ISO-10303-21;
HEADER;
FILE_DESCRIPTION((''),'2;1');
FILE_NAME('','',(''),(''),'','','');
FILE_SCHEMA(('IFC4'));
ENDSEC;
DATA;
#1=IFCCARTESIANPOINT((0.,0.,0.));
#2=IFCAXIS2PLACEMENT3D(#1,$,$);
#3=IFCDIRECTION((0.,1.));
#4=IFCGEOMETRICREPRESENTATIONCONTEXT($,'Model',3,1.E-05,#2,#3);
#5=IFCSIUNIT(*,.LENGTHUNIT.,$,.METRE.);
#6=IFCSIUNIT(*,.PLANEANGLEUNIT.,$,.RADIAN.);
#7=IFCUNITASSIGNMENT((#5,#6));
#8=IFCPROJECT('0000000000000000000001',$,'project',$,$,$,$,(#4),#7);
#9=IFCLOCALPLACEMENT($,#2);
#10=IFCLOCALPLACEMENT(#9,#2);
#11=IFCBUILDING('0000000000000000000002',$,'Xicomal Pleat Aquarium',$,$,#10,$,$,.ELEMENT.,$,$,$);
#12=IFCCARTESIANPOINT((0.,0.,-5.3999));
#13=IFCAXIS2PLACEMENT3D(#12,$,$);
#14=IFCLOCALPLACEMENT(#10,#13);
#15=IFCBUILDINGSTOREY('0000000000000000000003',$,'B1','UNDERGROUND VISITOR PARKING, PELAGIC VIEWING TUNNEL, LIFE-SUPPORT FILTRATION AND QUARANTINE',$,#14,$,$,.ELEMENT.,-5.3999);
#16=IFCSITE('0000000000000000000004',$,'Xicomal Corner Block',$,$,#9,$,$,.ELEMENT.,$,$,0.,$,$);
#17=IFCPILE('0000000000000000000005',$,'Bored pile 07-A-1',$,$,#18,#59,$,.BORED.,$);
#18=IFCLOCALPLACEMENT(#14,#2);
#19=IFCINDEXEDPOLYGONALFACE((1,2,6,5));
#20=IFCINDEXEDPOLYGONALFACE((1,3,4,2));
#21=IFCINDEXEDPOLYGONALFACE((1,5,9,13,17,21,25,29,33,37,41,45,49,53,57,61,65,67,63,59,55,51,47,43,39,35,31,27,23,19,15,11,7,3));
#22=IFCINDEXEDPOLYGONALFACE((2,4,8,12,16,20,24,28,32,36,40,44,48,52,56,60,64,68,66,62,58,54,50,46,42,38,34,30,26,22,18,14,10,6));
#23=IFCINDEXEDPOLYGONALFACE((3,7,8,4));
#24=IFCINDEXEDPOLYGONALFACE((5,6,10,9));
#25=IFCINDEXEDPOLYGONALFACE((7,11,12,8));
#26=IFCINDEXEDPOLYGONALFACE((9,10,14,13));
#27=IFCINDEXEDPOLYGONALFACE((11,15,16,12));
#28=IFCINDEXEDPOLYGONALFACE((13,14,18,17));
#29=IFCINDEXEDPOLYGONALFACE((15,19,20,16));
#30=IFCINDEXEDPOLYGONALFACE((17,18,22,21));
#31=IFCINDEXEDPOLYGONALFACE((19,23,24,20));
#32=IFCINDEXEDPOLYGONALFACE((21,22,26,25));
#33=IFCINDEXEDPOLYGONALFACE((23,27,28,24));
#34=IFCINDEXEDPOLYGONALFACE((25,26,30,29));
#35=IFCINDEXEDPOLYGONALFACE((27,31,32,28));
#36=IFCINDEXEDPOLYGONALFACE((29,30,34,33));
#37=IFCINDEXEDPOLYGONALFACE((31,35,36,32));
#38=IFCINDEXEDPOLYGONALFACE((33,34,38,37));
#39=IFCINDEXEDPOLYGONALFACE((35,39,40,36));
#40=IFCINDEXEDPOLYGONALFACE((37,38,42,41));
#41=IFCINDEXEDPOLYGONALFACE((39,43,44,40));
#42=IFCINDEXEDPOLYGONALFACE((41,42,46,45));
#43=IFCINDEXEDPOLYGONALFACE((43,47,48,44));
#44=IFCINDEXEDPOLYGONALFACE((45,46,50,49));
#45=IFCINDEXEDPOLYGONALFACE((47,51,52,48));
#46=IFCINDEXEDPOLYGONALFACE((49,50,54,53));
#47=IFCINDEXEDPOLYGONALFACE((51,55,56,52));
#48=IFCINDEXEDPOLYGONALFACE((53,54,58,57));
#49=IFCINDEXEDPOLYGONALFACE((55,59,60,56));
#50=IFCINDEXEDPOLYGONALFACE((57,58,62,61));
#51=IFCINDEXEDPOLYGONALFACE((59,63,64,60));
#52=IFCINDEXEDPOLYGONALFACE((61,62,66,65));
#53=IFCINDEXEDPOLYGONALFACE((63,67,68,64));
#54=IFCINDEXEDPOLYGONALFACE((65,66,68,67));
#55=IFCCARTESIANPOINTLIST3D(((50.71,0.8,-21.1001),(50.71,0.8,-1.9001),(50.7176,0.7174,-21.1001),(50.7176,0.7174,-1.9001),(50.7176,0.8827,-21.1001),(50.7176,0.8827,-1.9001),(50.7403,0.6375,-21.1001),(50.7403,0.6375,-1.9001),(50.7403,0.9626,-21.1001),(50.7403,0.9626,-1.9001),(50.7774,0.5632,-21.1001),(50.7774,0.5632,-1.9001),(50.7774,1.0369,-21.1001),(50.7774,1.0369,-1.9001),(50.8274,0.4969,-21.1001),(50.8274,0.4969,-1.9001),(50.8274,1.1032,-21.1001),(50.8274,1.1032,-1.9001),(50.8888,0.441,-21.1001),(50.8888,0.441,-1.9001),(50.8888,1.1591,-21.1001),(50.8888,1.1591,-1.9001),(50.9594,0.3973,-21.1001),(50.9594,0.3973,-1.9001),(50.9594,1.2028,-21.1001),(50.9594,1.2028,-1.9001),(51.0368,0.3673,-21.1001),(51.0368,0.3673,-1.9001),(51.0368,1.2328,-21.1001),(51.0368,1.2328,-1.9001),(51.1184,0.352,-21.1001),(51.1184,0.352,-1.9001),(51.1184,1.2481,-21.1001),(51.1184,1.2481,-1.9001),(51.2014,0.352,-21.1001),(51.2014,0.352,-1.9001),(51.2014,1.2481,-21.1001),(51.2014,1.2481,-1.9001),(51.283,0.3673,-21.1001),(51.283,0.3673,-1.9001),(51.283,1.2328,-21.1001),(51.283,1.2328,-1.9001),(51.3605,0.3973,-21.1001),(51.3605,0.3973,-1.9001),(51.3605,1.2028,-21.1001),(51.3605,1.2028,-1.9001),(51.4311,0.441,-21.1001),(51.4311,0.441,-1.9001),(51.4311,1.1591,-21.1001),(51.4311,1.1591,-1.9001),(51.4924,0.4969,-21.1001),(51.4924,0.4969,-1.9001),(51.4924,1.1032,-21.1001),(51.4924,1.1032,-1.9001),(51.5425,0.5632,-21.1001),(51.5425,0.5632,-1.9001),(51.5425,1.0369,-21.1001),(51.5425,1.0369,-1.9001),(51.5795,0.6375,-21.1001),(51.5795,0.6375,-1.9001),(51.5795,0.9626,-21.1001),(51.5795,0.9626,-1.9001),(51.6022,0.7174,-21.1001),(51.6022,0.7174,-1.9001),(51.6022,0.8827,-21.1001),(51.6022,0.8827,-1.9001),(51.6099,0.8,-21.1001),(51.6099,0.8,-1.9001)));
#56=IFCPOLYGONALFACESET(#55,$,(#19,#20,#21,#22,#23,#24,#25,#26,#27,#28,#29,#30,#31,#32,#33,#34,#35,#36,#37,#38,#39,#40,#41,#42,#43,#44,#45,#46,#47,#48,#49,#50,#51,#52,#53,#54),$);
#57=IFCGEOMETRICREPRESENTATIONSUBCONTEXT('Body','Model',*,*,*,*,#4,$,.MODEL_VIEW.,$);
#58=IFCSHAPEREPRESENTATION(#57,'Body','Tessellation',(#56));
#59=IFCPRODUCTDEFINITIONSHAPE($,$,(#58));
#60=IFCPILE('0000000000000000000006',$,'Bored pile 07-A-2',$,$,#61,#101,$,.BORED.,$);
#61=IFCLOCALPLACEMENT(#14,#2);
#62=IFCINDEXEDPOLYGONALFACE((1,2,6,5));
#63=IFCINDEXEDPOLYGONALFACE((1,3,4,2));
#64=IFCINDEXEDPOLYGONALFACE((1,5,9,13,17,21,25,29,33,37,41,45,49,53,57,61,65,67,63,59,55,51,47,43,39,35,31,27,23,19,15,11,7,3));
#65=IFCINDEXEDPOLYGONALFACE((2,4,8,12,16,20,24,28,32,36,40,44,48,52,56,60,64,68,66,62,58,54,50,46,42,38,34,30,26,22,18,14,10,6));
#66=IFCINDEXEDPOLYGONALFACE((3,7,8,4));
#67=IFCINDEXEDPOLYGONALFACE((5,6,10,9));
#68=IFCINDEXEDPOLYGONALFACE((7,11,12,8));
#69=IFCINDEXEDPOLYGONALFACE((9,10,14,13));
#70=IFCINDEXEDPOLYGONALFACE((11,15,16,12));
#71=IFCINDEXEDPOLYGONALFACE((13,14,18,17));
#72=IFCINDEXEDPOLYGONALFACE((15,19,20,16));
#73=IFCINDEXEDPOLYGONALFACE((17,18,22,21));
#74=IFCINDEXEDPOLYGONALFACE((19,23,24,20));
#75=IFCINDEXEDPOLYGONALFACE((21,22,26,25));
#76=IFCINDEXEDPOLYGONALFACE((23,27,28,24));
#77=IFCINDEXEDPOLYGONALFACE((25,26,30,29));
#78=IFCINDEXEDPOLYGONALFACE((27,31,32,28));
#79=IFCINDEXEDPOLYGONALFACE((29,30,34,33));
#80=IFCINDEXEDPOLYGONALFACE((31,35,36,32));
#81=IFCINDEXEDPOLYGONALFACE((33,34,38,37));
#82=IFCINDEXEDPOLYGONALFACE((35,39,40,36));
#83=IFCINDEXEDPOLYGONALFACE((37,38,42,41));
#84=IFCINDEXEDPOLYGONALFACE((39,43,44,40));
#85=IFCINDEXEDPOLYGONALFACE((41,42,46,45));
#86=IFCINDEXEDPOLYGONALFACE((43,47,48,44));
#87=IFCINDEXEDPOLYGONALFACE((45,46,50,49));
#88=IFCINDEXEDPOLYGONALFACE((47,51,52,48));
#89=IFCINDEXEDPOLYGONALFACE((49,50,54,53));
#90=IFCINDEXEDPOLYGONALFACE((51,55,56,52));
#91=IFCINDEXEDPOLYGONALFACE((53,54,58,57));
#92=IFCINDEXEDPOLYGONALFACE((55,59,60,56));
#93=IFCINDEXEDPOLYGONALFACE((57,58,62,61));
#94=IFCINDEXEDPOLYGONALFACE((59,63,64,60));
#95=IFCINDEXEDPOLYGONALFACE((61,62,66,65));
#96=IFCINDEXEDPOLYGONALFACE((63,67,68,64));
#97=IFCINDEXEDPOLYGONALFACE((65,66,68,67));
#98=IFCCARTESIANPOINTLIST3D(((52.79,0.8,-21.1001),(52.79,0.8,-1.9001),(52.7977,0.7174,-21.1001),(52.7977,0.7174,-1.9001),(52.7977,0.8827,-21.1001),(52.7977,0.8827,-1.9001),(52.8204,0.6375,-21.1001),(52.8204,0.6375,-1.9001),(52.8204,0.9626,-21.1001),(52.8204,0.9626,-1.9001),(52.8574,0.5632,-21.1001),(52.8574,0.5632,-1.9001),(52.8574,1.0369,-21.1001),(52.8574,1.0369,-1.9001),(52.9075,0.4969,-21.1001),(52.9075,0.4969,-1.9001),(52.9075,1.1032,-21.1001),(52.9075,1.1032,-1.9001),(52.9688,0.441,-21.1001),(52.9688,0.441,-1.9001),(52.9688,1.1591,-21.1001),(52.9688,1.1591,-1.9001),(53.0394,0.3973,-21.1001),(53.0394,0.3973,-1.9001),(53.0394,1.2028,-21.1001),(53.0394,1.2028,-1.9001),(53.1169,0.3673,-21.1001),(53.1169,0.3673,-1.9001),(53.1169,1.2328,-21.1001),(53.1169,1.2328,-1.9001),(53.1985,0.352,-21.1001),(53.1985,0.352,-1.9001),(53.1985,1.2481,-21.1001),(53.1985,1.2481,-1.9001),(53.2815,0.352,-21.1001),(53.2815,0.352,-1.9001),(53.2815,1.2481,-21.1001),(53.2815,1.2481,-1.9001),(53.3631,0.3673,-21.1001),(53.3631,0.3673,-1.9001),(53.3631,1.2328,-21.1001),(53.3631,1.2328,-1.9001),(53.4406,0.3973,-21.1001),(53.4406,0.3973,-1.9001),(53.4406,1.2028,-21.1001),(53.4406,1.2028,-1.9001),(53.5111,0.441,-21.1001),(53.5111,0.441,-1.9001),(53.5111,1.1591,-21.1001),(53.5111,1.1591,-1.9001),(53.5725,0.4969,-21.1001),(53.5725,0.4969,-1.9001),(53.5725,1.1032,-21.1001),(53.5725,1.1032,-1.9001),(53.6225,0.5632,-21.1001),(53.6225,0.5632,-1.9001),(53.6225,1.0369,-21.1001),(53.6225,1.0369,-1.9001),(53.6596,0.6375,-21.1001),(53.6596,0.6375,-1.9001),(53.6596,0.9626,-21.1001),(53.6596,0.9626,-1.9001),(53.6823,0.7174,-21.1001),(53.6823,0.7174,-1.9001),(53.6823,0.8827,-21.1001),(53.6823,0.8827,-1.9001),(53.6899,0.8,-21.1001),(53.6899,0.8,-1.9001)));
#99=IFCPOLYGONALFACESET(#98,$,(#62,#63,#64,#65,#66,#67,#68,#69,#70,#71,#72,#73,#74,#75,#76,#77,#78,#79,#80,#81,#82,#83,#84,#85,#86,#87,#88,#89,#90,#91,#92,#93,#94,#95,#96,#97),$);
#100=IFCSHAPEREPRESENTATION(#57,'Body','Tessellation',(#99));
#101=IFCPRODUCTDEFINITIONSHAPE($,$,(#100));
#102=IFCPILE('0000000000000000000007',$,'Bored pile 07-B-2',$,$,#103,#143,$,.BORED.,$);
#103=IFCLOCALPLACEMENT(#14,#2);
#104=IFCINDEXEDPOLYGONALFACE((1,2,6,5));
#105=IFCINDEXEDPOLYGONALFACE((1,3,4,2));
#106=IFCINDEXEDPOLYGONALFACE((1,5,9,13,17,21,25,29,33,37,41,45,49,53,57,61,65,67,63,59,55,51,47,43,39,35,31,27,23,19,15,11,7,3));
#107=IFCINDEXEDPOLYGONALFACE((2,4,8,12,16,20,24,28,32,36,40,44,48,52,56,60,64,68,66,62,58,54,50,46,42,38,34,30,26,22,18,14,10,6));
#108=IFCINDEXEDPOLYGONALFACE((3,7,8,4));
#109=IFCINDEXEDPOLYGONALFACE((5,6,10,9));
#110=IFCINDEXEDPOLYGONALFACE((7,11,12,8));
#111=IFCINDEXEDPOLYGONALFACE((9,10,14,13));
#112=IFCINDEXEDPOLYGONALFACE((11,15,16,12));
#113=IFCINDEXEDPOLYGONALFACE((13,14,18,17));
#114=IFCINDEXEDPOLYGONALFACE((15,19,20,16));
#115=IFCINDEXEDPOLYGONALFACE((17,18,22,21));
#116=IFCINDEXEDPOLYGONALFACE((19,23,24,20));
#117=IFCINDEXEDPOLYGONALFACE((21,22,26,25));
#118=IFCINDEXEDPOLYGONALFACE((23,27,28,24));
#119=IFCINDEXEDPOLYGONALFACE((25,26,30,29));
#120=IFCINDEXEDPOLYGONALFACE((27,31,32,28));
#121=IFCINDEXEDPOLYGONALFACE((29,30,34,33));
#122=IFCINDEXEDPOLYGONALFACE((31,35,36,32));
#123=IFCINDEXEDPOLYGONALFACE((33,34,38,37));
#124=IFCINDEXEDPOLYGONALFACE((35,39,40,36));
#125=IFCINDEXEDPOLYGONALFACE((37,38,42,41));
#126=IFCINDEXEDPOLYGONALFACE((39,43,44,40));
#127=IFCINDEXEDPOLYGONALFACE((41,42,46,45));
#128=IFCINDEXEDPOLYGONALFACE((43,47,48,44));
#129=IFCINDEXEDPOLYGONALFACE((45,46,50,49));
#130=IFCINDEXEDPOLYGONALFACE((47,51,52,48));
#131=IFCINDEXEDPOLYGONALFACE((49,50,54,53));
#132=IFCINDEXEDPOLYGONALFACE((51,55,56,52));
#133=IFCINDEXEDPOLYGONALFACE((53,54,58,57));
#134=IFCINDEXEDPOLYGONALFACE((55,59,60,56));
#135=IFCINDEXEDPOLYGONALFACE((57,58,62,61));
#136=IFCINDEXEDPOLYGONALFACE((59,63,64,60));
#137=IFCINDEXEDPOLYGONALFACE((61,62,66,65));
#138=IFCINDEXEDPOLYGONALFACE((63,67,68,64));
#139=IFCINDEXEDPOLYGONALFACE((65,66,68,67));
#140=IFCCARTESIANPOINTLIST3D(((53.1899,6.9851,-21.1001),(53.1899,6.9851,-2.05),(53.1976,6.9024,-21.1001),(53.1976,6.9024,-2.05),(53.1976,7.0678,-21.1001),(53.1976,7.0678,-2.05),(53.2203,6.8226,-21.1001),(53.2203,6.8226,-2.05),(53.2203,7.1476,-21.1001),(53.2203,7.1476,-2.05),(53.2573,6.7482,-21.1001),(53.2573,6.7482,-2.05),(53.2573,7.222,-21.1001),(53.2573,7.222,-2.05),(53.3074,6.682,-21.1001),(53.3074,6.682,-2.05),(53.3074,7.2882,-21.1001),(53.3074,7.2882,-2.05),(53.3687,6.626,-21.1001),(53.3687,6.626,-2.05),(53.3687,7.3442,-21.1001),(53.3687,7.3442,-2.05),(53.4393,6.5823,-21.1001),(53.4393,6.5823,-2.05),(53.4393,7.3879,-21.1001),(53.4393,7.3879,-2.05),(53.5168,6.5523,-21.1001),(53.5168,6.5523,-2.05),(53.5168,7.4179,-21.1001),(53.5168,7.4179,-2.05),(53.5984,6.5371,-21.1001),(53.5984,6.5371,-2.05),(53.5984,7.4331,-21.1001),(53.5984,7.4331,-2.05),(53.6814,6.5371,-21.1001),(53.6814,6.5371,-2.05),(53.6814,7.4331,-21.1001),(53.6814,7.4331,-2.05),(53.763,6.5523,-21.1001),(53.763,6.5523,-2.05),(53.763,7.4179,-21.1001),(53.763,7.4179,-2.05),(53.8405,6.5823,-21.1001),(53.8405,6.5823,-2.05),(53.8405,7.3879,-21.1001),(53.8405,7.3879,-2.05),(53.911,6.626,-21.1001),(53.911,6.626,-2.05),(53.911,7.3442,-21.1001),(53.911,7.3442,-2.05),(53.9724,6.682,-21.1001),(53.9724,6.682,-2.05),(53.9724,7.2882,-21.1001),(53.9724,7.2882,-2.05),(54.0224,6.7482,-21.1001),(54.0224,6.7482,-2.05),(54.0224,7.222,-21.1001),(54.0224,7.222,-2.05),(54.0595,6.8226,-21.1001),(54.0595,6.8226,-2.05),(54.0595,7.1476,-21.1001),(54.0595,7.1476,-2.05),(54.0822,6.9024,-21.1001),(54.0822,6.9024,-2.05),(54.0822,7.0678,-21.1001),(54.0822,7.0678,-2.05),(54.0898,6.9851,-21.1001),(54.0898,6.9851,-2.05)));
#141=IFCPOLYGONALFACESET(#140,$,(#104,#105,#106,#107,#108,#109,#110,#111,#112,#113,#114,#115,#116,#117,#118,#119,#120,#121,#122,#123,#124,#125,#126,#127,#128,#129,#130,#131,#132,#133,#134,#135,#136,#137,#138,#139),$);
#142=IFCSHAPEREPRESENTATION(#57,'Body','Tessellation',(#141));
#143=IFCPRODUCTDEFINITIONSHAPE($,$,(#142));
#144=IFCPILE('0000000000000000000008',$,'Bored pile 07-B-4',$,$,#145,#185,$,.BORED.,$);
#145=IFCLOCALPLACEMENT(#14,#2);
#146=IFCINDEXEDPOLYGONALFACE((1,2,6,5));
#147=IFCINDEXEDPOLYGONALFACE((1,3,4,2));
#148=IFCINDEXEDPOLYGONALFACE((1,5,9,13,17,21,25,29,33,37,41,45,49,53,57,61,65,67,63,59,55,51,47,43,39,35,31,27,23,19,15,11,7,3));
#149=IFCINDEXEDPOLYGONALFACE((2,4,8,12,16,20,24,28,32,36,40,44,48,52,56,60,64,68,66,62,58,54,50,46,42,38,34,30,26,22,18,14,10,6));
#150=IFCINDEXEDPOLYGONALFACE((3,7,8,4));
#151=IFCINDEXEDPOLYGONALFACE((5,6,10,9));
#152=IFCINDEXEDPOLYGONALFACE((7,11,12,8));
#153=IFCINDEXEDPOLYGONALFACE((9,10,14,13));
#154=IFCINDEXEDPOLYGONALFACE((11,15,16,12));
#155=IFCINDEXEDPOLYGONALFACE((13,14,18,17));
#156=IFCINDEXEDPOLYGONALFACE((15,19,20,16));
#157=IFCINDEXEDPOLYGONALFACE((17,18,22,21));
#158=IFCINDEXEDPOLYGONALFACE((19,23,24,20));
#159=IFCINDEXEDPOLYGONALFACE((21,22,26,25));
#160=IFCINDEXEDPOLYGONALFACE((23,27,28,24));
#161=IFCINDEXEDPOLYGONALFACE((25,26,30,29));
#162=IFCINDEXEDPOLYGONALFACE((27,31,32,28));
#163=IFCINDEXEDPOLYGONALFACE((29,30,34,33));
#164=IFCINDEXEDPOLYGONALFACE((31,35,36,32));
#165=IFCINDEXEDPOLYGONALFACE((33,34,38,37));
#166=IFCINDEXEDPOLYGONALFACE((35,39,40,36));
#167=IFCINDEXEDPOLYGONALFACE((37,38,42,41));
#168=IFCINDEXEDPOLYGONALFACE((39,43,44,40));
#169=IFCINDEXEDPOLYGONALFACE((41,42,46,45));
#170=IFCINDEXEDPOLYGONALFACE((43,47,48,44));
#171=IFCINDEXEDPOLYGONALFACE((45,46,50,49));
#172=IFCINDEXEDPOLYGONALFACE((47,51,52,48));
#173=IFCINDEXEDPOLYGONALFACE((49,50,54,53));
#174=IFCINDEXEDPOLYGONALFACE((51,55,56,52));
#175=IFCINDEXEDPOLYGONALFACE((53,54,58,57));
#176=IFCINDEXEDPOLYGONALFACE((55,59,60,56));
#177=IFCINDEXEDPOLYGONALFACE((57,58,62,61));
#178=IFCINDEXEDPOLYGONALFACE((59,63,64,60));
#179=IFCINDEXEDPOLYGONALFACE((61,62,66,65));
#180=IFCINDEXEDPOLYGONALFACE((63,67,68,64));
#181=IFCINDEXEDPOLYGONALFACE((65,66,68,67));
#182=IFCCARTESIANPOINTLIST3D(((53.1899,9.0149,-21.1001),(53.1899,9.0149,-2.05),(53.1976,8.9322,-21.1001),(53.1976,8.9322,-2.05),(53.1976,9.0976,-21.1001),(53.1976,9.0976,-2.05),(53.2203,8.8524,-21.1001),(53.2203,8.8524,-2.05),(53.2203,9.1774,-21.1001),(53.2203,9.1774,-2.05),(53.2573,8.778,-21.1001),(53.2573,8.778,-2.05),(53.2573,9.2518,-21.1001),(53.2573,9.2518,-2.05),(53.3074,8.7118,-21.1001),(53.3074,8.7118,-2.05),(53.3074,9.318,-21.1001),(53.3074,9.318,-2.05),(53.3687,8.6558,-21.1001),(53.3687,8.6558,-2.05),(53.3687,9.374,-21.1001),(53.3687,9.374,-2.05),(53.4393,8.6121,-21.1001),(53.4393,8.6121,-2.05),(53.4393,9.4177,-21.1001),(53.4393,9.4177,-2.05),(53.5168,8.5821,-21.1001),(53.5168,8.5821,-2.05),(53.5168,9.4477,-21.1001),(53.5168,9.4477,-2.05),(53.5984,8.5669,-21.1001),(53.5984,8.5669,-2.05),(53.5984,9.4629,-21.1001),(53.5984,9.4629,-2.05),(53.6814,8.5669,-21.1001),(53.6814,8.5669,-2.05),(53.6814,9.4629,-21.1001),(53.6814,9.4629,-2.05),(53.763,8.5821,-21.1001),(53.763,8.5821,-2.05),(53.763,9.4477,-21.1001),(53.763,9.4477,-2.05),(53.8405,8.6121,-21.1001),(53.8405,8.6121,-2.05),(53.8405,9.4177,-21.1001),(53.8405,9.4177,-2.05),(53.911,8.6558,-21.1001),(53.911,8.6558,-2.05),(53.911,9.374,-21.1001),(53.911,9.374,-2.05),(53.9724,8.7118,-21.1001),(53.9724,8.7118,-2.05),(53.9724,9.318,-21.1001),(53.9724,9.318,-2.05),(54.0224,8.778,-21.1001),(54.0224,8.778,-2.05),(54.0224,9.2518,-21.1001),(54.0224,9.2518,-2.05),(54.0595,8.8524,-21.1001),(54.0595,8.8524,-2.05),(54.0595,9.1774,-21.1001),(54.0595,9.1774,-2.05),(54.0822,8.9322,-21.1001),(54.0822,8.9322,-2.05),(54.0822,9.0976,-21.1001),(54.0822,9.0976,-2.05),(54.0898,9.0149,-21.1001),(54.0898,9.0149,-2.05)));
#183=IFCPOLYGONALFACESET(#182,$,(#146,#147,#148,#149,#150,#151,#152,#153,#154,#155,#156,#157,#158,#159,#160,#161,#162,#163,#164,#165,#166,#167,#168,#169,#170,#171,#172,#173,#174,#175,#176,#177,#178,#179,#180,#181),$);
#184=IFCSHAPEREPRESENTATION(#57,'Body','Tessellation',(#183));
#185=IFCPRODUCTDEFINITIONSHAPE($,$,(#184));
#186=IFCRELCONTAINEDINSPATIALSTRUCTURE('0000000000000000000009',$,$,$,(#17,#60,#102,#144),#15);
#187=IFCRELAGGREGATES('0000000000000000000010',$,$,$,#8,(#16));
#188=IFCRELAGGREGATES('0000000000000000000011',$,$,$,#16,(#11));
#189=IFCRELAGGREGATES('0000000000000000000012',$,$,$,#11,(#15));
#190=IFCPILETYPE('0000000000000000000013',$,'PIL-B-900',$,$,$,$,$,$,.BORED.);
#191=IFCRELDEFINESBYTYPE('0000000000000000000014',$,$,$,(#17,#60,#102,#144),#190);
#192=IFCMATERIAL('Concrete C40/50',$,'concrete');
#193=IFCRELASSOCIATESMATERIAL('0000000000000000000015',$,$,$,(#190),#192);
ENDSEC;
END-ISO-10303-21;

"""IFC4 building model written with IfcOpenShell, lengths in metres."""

from ifc_helpers import new_model, si_unit, direction, frame, origin, origin_2d, place, context, subcontext, project, spatial, circle, extrude, material, material_profile, profile_set, type_object, element, save


model = new_model("IFC4")

# Units and contexts
model_context = context("Model", 3, precision=1e-05, world=origin(), true_north=direction((0.0, 1.0)))
body_context = subcontext(model_context, "Body", "Model", "MODEL_VIEW")
ifc_project = project(units=[si_unit("LENGTHUNIT", "METRE"), si_unit("PLANEANGLEUNIT", "RADIAN")], contexts=[model_context])

# Site, building, storey
site_placement = place(None, origin())
site = spatial("IfcSite", under=ifc_project, at=site_placement, Name="Xicomal Corner Block", CompositionType="ELEMENT", RefElevation=0.0)
building_placement = place(site_placement, origin())
building = spatial("IfcBuilding", under=site, at=building_placement, Name="Xicomal Pleat Aquarium", CompositionType="ELEMENT")
storey_placement = place(building_placement, frame((0.0, 0.0, -5.3999)))
storey = spatial("IfcBuildingStorey", under=building, at=storey_placement, Name="B1", Description="UNDERGROUND VISITOR PARKING, PELAGIC VIEWING TUNNEL, LIFE-SUPPORT FILTRATION AND QUARANTINE", CompositionType="ELEMENT", Elevation=-5.3999)

# Piles
ifc_material_1 = material(Name="Concrete C40/50", Category="concrete")
ifc_material_profile_1 = material_profile(ifc_material_1, circle(Radius=0.45, at=origin_2d()), Name="BORED PILE D900")
ifc_profile_set_1 = profile_set([ifc_material_profile_1], Name="Concrete C40/50")
pile_type_1 = type_object("IfcPileType", Name="PIL-B-900", PredefinedType="BORED", material=ifc_profile_set_1)
for number, where, z_axis, x_axis, name in (
    (1, (51.1599, 0.8, -1.9001), (0.0, 0.0, -1.0), (1.0, 0.0, 0.0), "Bored pile 07-A-1"),
    (2, (53.24, 0.8, -1.9001), (0.0, 0.0, -1.0), (1.0, 0.0, 0.0), "Bored pile 07-A-2"),
):
    element("IfcPile", number, at=place(storey_placement, frame(where, z_axis=z_axis, x_axis=x_axis)), inside=storey, type_object=pile_type_1, Name=name, PredefinedType="BORED", context=body_context, shape_type="SweptSolid", body=[
        extrude(circle(Radius=0.45, at=origin_2d()), origin(), (0.0, 0.0, 1.0), 19.2),
    ])
for number, where, z_axis, x_axis, name in (
    (3, (53.6399, 6.9851, -2.05), (0.0, 0.0, -1.0), (1.0, 0.0, 0.0), "Bored pile 07-B-2"),
    (4, (53.6399, 9.0149, -2.05), (0.0, 0.0, -1.0), (1.0, 0.0, 0.0), "Bored pile 07-B-4"),
):
    element("IfcPile", number, at=place(storey_placement, frame(where, z_axis=z_axis, x_axis=x_axis)), inside=storey, type_object=pile_type_1, Name=name, PredefinedType="BORED", context=body_context, shape_type="SweptSolid", body=[
        extrude(circle(Radius=0.45, at=origin_2d()), origin(), (0.0, 0.0, 1.0), 19.05),
    ])

save(model, "model.ifc")
